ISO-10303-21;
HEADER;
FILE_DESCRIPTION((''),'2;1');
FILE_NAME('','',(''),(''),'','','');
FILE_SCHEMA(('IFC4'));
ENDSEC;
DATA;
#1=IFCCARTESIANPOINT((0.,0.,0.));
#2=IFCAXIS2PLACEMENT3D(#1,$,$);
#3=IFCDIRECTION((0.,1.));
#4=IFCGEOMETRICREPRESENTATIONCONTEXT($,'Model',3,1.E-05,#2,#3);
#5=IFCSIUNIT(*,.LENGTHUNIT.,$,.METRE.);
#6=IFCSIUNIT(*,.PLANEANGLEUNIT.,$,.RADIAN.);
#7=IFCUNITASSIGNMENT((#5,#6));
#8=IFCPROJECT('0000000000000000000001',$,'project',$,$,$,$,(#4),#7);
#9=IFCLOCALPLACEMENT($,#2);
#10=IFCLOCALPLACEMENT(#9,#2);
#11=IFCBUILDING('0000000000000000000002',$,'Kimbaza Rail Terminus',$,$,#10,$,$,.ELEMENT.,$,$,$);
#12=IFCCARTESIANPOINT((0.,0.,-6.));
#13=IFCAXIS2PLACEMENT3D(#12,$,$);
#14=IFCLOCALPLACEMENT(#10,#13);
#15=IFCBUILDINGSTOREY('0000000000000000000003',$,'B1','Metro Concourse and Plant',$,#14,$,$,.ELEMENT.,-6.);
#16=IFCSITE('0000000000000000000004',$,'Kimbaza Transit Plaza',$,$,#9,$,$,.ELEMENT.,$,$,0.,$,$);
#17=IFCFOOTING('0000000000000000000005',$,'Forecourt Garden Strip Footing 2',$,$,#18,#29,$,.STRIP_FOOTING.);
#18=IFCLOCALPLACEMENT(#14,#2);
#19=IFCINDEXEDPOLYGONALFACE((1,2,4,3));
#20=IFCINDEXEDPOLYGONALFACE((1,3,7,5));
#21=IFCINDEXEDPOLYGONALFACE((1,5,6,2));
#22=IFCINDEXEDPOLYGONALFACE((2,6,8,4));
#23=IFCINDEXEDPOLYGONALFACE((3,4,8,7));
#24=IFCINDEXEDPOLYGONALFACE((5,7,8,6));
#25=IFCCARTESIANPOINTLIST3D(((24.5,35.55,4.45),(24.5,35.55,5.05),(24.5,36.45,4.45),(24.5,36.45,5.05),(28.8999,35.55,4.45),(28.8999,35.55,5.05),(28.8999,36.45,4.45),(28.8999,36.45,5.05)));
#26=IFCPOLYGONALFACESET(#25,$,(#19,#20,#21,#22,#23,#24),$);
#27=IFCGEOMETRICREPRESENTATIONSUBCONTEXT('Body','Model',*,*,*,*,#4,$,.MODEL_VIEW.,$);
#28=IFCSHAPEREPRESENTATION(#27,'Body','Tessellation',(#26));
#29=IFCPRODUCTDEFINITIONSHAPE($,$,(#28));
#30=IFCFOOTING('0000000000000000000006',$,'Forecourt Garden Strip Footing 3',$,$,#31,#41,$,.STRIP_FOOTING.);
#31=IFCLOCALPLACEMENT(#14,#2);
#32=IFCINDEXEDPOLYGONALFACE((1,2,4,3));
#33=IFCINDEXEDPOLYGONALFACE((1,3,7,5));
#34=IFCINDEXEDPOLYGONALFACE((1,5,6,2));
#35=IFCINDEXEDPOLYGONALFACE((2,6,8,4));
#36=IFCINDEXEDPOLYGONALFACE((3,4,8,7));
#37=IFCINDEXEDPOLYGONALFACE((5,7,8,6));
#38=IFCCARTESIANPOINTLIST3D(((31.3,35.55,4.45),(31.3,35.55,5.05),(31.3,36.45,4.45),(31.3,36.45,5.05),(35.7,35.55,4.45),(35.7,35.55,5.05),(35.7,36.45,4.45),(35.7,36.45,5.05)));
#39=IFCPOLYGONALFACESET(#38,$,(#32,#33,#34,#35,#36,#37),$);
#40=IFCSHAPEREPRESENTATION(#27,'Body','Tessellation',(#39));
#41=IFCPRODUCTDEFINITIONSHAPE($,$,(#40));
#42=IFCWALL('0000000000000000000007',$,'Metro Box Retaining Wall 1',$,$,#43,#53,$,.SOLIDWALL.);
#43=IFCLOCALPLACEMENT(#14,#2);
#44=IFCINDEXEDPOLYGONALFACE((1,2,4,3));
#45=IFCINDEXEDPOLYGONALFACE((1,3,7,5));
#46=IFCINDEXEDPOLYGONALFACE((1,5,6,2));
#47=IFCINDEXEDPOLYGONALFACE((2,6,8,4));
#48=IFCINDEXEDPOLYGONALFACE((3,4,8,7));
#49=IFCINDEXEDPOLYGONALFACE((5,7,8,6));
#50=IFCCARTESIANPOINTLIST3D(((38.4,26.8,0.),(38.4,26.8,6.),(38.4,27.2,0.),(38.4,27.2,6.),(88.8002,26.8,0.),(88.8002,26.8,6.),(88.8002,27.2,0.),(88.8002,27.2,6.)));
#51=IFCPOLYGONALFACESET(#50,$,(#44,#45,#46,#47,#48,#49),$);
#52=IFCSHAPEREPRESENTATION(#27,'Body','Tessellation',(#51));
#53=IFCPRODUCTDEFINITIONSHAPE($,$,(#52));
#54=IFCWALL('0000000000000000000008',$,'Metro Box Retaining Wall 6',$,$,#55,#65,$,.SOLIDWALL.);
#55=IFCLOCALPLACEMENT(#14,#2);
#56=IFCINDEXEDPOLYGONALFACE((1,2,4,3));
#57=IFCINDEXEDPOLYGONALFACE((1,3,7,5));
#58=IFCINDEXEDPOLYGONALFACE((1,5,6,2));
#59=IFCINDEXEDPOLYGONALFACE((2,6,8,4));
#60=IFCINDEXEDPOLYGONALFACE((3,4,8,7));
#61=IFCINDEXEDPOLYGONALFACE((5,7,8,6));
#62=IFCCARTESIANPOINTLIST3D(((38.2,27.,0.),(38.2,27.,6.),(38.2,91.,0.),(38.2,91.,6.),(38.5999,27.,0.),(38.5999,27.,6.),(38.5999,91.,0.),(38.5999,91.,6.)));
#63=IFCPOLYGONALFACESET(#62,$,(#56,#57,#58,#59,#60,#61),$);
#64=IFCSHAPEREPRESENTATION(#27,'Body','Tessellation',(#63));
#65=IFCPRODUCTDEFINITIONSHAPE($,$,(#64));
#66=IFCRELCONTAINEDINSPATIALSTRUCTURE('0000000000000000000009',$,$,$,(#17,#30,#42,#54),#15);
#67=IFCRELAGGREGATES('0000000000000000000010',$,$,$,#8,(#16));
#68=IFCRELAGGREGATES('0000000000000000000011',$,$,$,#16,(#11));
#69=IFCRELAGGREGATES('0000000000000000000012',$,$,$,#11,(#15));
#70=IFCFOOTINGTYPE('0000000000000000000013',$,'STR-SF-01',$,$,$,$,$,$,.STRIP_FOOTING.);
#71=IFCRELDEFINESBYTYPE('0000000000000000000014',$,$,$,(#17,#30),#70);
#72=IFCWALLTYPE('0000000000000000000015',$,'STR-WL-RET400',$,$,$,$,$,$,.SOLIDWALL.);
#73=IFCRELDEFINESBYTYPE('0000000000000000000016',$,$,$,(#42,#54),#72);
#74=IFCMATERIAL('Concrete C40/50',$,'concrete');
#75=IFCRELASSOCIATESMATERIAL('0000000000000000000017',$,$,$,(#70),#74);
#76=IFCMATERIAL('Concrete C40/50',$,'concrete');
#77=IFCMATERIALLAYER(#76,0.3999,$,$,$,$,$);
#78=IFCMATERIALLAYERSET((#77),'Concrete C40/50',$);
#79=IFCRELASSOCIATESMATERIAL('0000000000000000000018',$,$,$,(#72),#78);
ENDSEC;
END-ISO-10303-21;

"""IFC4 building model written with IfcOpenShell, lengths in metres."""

from ifc_helpers import new_model, si_unit, direction, frame, frame_2d, origin, origin_2d, place, context, subcontext, project, spatial, rectangle, extrude, material, layer, layer_set, material_profile, profile_set, type_object, element, save


model = new_model("IFC4")

# Units and contexts
model_context = context("Model", 3, precision=1e-05, world=origin(), true_north=direction((0.0, 1.0)))
body_context = subcontext(model_context, "Body", "Model", "MODEL_VIEW")
ifc_project = project(units=[si_unit("LENGTHUNIT", "METRE"), si_unit("PLANEANGLEUNIT", "RADIAN")], contexts=[model_context])

# Site, building, storey
site_placement = place(None, origin())
site = spatial("IfcSite", under=ifc_project, at=site_placement, Name="Kimbaza Transit Plaza", CompositionType="ELEMENT", RefElevation=0.0)
building_placement = place(site_placement, origin())
building = spatial("IfcBuilding", under=site, at=building_placement, Name="Kimbaza Rail Terminus", CompositionType="ELEMENT")
storey_placement = place(building_placement, frame((0.0, 0.0, -6.0)))
storey = spatial("IfcBuildingStorey", under=building, at=storey_placement, Name="B1", Description="Metro Concourse and Plant", CompositionType="ELEMENT", Elevation=-6.0)

# Footings
ifc_material_1 = material(Name="Concrete C40/50", Category="concrete")
ifc_material_profile_1 = material_profile(ifc_material_1, rectangle(XDim=0.8999, YDim=0.6001, at=origin_2d()), Name="SF-01 900x600")
ifc_profile_set_1 = profile_set([ifc_material_profile_1], Name="Concrete C40/50")
footing_type_1 = type_object("IfcFootingType", Name="STR-SF-01", PredefinedType="STRIP_FOOTING", material=ifc_profile_set_1)
for number, where, z_axis, x_axis, name in (
    (1, (24.5, 36.0, 4.75), (1.0, 0.0, 0.0), (0.0, 1.0, 0.0), "Forecourt Garden Strip Footing 2"),
    (2, (31.3, 36.0, 4.75), (1.0, 0.0, 0.0), (0.0, 1.0, 0.0), "Forecourt Garden Strip Footing 3"),
):
    element("IfcFooting", number, at=place(storey_placement, frame(where, z_axis=z_axis, x_axis=x_axis)), inside=storey, type_object=footing_type_1, Name=name, PredefinedType="STRIP_FOOTING", context=body_context, shape_type="SweptSolid", body=[
        extrude(rectangle(XDim=0.8999, YDim=0.6001, at=origin_2d()), origin(), (0.0, 0.0, 1.0), 4.3999),
    ])

# Walls
ifc_material_2 = material(Name="Concrete C40/50", Category="concrete")
ifc_layer = layer(ifc_material_2, 0.3999)
ifc_layer_set = layer_set([ifc_layer], Name="Concrete C40/50")
wall_type = type_object("IfcWallType", Name="STR-WL-RET400", PredefinedType="SOLIDWALL", material=ifc_layer_set)
wall_1_placement = place(storey_placement, frame((38.3999, 27.0, 0.0), z_axis=(0.0, 0.0, 1.0), x_axis=(1.0, 0.0, 0.0)))
element("IfcWall", 3, at=wall_1_placement, inside=storey, type_object=wall_type, Name="Metro Box Retaining Wall 1", PredefinedType="SOLIDWALL", context=body_context, shape_type="SweptSolid", body=[
    extrude(rectangle(XDim=50.4001, YDim=0.3999, at=frame_2d((25.2002, 0.0))), origin(), (0.0, 0.0, 1.0), 6.0),
])
wall_2_placement = place(storey_placement, frame((38.3999, 27.0, 0.0), z_axis=(0.0, 0.0, 1.0), x_axis=(0.0, 1.0, 0.0)))
element("IfcWall", 4, at=wall_2_placement, inside=storey, type_object=wall_type, Name="Metro Box Retaining Wall 6", PredefinedType="SOLIDWALL", context=body_context, shape_type="SweptSolid", body=[
    extrude(rectangle(XDim=64.0, YDim=0.3999, at=frame_2d((32.0, 0.0))), origin(), (0.0, 0.0, 1.0), 6.0),
])

save(model, "model.ifc")
